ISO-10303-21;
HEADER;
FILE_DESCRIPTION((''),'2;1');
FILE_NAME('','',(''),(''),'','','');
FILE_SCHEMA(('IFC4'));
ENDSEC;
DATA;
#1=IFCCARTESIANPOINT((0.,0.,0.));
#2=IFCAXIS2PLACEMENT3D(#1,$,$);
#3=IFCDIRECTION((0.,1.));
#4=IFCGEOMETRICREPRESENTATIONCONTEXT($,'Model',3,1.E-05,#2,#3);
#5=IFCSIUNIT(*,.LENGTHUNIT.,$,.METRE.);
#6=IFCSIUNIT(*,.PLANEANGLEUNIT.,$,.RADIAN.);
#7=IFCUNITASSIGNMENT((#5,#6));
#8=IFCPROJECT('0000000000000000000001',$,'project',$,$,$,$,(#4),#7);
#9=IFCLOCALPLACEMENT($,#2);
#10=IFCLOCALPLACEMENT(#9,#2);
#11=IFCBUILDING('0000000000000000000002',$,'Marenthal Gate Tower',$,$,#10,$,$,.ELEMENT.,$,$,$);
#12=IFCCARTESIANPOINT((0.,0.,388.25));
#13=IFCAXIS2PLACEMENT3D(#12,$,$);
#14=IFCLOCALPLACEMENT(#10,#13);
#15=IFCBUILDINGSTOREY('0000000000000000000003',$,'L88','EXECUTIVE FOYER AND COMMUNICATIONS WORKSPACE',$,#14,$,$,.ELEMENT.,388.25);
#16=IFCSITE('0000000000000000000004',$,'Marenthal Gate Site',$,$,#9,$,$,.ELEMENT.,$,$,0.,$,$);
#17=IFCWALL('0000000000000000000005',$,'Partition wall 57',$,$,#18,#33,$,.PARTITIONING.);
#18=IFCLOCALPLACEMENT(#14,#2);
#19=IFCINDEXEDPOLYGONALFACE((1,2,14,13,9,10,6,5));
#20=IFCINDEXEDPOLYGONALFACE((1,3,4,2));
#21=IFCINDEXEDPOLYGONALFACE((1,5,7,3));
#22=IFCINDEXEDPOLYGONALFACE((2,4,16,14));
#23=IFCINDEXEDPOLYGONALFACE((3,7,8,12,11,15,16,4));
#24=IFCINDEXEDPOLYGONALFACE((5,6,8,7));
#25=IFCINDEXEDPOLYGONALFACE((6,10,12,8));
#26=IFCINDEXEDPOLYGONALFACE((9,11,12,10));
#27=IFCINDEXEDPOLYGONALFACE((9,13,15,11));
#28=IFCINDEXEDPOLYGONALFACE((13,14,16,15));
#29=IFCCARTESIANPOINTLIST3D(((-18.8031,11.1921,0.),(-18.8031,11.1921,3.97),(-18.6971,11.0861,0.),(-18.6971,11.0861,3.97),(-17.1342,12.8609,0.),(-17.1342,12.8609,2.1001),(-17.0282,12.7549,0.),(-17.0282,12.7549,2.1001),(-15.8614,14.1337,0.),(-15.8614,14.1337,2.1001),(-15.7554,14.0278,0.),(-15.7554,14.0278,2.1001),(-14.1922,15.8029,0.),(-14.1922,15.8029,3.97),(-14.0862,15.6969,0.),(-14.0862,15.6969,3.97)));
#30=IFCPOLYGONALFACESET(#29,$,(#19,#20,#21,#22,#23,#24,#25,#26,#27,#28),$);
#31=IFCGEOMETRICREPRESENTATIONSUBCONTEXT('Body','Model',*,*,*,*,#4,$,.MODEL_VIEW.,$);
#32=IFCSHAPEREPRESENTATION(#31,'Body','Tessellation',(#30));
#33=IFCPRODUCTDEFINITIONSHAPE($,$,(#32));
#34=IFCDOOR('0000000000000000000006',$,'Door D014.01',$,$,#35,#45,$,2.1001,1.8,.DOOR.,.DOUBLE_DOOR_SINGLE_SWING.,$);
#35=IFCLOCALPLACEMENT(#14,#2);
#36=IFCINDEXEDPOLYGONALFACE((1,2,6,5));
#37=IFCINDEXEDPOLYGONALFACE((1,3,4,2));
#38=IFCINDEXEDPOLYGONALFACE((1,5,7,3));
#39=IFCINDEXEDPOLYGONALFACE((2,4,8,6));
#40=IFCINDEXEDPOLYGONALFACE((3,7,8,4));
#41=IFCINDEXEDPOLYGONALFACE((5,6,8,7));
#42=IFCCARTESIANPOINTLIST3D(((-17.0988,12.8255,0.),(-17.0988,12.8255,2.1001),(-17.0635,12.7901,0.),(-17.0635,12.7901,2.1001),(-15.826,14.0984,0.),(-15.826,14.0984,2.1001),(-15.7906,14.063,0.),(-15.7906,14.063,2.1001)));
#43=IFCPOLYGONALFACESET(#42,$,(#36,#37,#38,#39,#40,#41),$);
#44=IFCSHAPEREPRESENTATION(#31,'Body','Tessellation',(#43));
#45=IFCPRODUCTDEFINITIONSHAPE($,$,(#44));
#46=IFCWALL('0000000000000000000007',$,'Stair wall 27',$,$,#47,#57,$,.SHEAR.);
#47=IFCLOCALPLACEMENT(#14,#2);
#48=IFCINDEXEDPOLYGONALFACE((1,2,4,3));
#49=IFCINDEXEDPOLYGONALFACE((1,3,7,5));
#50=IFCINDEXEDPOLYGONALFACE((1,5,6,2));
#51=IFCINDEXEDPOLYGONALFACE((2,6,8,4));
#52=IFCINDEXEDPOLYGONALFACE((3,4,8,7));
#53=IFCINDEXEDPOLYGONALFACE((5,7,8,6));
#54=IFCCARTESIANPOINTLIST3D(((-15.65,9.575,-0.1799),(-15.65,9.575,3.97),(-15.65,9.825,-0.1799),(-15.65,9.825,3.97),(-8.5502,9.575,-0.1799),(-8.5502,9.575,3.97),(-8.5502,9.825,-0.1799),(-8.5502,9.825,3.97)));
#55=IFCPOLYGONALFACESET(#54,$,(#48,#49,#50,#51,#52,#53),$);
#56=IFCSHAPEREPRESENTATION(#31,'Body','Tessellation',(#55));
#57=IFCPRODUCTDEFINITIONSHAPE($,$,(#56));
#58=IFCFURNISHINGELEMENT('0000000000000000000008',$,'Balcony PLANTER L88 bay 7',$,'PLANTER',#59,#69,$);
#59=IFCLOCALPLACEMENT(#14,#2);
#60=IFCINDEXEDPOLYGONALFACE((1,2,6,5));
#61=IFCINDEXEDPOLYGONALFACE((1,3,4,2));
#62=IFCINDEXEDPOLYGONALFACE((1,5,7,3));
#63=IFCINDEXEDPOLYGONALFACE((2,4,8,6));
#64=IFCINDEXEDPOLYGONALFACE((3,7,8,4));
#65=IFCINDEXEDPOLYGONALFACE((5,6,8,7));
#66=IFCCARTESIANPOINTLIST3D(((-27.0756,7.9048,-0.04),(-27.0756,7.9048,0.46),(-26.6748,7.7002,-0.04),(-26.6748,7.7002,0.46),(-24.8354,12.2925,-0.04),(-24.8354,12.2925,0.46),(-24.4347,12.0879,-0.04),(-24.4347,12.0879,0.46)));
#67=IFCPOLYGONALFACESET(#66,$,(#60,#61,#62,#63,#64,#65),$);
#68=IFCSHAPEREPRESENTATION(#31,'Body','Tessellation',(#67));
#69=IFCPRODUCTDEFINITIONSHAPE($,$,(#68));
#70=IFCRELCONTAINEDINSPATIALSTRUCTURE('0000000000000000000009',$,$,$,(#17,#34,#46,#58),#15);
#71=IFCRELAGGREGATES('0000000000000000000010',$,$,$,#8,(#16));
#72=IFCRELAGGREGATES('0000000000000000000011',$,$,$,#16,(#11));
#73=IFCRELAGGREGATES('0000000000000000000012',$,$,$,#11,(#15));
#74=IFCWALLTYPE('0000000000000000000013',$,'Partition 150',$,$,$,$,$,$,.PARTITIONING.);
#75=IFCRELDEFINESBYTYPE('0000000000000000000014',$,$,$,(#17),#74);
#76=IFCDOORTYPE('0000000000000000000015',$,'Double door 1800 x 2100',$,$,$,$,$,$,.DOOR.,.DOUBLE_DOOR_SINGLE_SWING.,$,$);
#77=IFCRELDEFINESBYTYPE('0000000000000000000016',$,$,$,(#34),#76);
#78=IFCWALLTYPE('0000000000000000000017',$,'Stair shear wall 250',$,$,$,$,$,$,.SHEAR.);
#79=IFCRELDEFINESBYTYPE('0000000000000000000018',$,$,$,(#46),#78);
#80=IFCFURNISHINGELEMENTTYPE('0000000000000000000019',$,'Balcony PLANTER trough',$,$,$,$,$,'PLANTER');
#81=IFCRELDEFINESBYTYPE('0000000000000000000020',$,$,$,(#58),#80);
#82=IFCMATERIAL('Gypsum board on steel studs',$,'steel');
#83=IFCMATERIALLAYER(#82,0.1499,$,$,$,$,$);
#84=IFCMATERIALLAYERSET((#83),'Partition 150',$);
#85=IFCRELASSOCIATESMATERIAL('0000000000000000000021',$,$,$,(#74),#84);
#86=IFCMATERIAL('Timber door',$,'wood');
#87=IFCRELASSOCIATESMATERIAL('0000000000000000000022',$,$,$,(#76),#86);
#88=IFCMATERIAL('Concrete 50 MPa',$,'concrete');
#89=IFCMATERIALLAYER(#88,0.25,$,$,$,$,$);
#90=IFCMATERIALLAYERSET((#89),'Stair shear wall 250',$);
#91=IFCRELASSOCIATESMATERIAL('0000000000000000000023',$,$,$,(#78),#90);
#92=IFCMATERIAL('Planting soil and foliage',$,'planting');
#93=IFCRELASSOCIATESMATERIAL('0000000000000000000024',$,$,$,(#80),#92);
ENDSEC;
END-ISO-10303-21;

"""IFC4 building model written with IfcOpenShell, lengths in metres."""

from ifc_helpers import new_model, si_unit, direction, frame, frame_2d, origin, origin_2d, place, context, subcontext, project, spatial, rectangle, extrude, material, layer, layer_set, type_object, element, fill, save


model = new_model("IFC4")

# Units and contexts
model_context = context("Model", 3, precision=1e-05, world=origin(), true_north=direction((0.0, 1.0)))
body_context = subcontext(model_context, "Body", "Model", "MODEL_VIEW")
ifc_project = project(units=[si_unit("LENGTHUNIT", "METRE"), si_unit("PLANEANGLEUNIT", "RADIAN")], contexts=[model_context])

# Site, building, storey
site_placement = place(None, origin())
site = spatial("IfcSite", under=ifc_project, at=site_placement, Name="Marenthal Gate Site", CompositionType="ELEMENT", RefElevation=0.0)
building_placement = place(site_placement, origin())
building = spatial("IfcBuilding", under=site, at=building_placement, Name="Marenthal Gate Tower", CompositionType="ELEMENT")
storey_placement = place(building_placement, frame((0.0, 0.0, 388.25)))
storey = spatial("IfcBuildingStorey", under=building, at=storey_placement, Name="L88", Description="EXECUTIVE FOYER AND COMMUNICATIONS WORKSPACE", CompositionType="ELEMENT", Elevation=388.25)

# Wall, opening, door
ifc_material_1 = material(Name="Gypsum board on steel studs", Category="steel")
ifc_layer_1 = layer(ifc_material_1, 0.1499)
ifc_layer_set_1 = layer_set([ifc_layer_1], Name="Partition 150")
wall_type_1 = type_object("IfcWallType", Name="Partition 150", PredefinedType="PARTITIONING", material=ifc_layer_set_1)
wall_1_placement = place(storey_placement, frame((-18.75, 11.1392, 0.0), z_axis=(0.0, 0.0, 1.0), x_axis=(0.707107, 0.707107, 0.0)))
wall_1 = element("IfcWall", 1, at=wall_1_placement, inside=storey, type_object=wall_type_1, Name="Partition wall 57", PredefinedType="PARTITIONING", context=body_context, shape_type="SweptSolid", body=[
    extrude(rectangle(XDim=6.5208, YDim=0.1499, at=frame_2d((3.2603, 0.0))), origin(), (0.0, 0.0, 1.0), 3.97),
])
opening_1_placement = place(wall_1_placement, frame((2.3601, 0.0, 0.0)))
opening_1 = element("IfcOpeningElement", 2, at=opening_1_placement, cuts=wall_1, PredefinedType="OPENING", context=body_context, shape_type="SweptSolid", body=[
    extrude(rectangle(XDim=1.8, YDim=2.1001, at=frame_2d((0.8999, 1.05))), frame((0.0, 0.085, 0.0), z_axis=(0.0, -1.0, 0.0), x_axis=(1.0, 0.0, 0.0)), (0.0, 0.0, 1.0), 0.1699),
])
ifc_material_2 = material(Name="Timber door", Category="wood")
door_type_1 = type_object("IfcDoorType", Name="Double door 1800 x 2100", OperationType="DOUBLE_DOOR_SINGLE_SWING", PredefinedType="DOOR", material=ifc_material_2)
door_1_placement = place(opening_1_placement, origin())
door_1 = element("IfcDoor", 3, at=door_1_placement, inside=storey, type_object=door_type_1, Name="Door D014.01", OperationType="DOUBLE_DOOR_SINGLE_SWING", OverallHeight=2.1001, OverallWidth=1.8, PredefinedType="DOOR", context=body_context, shape_type="SweptSolid", body=[
    extrude(rectangle(XDim=1.8, YDim=2.1001, at=frame_2d((0.8999, 1.05))), frame((0.0, 0.0249, 0.0), z_axis=(0.0, -1.0, 0.0), x_axis=(1.0, 0.0, 0.0)), (0.0, 0.0, 1.0), 0.05),
])
fill(opening_1, door_1)

# Wall
ifc_material_3 = material(Name="Concrete 50 MPa", Category="concrete")
ifc_layer_2 = layer(ifc_material_3, 0.25)
ifc_layer_set_2 = layer_set([ifc_layer_2], Name="Stair shear wall 250")
wall_type_2 = type_object("IfcWallType", Name="Stair shear wall 250", PredefinedType="SHEAR", material=ifc_layer_set_2)
wall_2_placement = place(storey_placement, frame((-15.6499, 9.7, -0.1799), z_axis=(0.0, 0.0, 1.0), x_axis=(1.0, 0.0, 0.0)))
element("IfcWall", 4, at=wall_2_placement, inside=storey, type_object=wall_type_2, Name="Stair wall 27", PredefinedType="SHEAR", context=body_context, shape_type="SweptSolid", body=[
    extrude(rectangle(XDim=7.0999, YDim=0.25, at=frame_2d((3.5498, 0.0))), origin(), (0.0, 0.0, 1.0), 4.1499),
])

# Furnishing element
ifc_material_4 = material(Name="Planting soil and foliage", Category="planting")
furnishing_element_type = type_object("IfcFurnishingElementType", Name="Balcony PLANTER trough", ElementType="PLANTER", material=ifc_material_4)
furnishing_placement = place(storey_placement, frame((-25.7551, 9.9963, -0.04), z_axis=(0.0, 0.0, 1.0), x_axis=(-0.454706, -0.890642, 0.0)))
element("IfcFurnishingElement", 5, at=furnishing_placement, inside=storey, type_object=furnishing_element_type, Name="Balcony PLANTER L88 bay 7", ObjectType="PLANTER", context=body_context, shape_type="SweptSolid", body=[
    extrude(rectangle(XDim=4.9265, YDim=0.45, at=origin_2d()), origin(), (0.0, 0.0, 1.0), 0.5),
])

save(model, "model.ifc")
